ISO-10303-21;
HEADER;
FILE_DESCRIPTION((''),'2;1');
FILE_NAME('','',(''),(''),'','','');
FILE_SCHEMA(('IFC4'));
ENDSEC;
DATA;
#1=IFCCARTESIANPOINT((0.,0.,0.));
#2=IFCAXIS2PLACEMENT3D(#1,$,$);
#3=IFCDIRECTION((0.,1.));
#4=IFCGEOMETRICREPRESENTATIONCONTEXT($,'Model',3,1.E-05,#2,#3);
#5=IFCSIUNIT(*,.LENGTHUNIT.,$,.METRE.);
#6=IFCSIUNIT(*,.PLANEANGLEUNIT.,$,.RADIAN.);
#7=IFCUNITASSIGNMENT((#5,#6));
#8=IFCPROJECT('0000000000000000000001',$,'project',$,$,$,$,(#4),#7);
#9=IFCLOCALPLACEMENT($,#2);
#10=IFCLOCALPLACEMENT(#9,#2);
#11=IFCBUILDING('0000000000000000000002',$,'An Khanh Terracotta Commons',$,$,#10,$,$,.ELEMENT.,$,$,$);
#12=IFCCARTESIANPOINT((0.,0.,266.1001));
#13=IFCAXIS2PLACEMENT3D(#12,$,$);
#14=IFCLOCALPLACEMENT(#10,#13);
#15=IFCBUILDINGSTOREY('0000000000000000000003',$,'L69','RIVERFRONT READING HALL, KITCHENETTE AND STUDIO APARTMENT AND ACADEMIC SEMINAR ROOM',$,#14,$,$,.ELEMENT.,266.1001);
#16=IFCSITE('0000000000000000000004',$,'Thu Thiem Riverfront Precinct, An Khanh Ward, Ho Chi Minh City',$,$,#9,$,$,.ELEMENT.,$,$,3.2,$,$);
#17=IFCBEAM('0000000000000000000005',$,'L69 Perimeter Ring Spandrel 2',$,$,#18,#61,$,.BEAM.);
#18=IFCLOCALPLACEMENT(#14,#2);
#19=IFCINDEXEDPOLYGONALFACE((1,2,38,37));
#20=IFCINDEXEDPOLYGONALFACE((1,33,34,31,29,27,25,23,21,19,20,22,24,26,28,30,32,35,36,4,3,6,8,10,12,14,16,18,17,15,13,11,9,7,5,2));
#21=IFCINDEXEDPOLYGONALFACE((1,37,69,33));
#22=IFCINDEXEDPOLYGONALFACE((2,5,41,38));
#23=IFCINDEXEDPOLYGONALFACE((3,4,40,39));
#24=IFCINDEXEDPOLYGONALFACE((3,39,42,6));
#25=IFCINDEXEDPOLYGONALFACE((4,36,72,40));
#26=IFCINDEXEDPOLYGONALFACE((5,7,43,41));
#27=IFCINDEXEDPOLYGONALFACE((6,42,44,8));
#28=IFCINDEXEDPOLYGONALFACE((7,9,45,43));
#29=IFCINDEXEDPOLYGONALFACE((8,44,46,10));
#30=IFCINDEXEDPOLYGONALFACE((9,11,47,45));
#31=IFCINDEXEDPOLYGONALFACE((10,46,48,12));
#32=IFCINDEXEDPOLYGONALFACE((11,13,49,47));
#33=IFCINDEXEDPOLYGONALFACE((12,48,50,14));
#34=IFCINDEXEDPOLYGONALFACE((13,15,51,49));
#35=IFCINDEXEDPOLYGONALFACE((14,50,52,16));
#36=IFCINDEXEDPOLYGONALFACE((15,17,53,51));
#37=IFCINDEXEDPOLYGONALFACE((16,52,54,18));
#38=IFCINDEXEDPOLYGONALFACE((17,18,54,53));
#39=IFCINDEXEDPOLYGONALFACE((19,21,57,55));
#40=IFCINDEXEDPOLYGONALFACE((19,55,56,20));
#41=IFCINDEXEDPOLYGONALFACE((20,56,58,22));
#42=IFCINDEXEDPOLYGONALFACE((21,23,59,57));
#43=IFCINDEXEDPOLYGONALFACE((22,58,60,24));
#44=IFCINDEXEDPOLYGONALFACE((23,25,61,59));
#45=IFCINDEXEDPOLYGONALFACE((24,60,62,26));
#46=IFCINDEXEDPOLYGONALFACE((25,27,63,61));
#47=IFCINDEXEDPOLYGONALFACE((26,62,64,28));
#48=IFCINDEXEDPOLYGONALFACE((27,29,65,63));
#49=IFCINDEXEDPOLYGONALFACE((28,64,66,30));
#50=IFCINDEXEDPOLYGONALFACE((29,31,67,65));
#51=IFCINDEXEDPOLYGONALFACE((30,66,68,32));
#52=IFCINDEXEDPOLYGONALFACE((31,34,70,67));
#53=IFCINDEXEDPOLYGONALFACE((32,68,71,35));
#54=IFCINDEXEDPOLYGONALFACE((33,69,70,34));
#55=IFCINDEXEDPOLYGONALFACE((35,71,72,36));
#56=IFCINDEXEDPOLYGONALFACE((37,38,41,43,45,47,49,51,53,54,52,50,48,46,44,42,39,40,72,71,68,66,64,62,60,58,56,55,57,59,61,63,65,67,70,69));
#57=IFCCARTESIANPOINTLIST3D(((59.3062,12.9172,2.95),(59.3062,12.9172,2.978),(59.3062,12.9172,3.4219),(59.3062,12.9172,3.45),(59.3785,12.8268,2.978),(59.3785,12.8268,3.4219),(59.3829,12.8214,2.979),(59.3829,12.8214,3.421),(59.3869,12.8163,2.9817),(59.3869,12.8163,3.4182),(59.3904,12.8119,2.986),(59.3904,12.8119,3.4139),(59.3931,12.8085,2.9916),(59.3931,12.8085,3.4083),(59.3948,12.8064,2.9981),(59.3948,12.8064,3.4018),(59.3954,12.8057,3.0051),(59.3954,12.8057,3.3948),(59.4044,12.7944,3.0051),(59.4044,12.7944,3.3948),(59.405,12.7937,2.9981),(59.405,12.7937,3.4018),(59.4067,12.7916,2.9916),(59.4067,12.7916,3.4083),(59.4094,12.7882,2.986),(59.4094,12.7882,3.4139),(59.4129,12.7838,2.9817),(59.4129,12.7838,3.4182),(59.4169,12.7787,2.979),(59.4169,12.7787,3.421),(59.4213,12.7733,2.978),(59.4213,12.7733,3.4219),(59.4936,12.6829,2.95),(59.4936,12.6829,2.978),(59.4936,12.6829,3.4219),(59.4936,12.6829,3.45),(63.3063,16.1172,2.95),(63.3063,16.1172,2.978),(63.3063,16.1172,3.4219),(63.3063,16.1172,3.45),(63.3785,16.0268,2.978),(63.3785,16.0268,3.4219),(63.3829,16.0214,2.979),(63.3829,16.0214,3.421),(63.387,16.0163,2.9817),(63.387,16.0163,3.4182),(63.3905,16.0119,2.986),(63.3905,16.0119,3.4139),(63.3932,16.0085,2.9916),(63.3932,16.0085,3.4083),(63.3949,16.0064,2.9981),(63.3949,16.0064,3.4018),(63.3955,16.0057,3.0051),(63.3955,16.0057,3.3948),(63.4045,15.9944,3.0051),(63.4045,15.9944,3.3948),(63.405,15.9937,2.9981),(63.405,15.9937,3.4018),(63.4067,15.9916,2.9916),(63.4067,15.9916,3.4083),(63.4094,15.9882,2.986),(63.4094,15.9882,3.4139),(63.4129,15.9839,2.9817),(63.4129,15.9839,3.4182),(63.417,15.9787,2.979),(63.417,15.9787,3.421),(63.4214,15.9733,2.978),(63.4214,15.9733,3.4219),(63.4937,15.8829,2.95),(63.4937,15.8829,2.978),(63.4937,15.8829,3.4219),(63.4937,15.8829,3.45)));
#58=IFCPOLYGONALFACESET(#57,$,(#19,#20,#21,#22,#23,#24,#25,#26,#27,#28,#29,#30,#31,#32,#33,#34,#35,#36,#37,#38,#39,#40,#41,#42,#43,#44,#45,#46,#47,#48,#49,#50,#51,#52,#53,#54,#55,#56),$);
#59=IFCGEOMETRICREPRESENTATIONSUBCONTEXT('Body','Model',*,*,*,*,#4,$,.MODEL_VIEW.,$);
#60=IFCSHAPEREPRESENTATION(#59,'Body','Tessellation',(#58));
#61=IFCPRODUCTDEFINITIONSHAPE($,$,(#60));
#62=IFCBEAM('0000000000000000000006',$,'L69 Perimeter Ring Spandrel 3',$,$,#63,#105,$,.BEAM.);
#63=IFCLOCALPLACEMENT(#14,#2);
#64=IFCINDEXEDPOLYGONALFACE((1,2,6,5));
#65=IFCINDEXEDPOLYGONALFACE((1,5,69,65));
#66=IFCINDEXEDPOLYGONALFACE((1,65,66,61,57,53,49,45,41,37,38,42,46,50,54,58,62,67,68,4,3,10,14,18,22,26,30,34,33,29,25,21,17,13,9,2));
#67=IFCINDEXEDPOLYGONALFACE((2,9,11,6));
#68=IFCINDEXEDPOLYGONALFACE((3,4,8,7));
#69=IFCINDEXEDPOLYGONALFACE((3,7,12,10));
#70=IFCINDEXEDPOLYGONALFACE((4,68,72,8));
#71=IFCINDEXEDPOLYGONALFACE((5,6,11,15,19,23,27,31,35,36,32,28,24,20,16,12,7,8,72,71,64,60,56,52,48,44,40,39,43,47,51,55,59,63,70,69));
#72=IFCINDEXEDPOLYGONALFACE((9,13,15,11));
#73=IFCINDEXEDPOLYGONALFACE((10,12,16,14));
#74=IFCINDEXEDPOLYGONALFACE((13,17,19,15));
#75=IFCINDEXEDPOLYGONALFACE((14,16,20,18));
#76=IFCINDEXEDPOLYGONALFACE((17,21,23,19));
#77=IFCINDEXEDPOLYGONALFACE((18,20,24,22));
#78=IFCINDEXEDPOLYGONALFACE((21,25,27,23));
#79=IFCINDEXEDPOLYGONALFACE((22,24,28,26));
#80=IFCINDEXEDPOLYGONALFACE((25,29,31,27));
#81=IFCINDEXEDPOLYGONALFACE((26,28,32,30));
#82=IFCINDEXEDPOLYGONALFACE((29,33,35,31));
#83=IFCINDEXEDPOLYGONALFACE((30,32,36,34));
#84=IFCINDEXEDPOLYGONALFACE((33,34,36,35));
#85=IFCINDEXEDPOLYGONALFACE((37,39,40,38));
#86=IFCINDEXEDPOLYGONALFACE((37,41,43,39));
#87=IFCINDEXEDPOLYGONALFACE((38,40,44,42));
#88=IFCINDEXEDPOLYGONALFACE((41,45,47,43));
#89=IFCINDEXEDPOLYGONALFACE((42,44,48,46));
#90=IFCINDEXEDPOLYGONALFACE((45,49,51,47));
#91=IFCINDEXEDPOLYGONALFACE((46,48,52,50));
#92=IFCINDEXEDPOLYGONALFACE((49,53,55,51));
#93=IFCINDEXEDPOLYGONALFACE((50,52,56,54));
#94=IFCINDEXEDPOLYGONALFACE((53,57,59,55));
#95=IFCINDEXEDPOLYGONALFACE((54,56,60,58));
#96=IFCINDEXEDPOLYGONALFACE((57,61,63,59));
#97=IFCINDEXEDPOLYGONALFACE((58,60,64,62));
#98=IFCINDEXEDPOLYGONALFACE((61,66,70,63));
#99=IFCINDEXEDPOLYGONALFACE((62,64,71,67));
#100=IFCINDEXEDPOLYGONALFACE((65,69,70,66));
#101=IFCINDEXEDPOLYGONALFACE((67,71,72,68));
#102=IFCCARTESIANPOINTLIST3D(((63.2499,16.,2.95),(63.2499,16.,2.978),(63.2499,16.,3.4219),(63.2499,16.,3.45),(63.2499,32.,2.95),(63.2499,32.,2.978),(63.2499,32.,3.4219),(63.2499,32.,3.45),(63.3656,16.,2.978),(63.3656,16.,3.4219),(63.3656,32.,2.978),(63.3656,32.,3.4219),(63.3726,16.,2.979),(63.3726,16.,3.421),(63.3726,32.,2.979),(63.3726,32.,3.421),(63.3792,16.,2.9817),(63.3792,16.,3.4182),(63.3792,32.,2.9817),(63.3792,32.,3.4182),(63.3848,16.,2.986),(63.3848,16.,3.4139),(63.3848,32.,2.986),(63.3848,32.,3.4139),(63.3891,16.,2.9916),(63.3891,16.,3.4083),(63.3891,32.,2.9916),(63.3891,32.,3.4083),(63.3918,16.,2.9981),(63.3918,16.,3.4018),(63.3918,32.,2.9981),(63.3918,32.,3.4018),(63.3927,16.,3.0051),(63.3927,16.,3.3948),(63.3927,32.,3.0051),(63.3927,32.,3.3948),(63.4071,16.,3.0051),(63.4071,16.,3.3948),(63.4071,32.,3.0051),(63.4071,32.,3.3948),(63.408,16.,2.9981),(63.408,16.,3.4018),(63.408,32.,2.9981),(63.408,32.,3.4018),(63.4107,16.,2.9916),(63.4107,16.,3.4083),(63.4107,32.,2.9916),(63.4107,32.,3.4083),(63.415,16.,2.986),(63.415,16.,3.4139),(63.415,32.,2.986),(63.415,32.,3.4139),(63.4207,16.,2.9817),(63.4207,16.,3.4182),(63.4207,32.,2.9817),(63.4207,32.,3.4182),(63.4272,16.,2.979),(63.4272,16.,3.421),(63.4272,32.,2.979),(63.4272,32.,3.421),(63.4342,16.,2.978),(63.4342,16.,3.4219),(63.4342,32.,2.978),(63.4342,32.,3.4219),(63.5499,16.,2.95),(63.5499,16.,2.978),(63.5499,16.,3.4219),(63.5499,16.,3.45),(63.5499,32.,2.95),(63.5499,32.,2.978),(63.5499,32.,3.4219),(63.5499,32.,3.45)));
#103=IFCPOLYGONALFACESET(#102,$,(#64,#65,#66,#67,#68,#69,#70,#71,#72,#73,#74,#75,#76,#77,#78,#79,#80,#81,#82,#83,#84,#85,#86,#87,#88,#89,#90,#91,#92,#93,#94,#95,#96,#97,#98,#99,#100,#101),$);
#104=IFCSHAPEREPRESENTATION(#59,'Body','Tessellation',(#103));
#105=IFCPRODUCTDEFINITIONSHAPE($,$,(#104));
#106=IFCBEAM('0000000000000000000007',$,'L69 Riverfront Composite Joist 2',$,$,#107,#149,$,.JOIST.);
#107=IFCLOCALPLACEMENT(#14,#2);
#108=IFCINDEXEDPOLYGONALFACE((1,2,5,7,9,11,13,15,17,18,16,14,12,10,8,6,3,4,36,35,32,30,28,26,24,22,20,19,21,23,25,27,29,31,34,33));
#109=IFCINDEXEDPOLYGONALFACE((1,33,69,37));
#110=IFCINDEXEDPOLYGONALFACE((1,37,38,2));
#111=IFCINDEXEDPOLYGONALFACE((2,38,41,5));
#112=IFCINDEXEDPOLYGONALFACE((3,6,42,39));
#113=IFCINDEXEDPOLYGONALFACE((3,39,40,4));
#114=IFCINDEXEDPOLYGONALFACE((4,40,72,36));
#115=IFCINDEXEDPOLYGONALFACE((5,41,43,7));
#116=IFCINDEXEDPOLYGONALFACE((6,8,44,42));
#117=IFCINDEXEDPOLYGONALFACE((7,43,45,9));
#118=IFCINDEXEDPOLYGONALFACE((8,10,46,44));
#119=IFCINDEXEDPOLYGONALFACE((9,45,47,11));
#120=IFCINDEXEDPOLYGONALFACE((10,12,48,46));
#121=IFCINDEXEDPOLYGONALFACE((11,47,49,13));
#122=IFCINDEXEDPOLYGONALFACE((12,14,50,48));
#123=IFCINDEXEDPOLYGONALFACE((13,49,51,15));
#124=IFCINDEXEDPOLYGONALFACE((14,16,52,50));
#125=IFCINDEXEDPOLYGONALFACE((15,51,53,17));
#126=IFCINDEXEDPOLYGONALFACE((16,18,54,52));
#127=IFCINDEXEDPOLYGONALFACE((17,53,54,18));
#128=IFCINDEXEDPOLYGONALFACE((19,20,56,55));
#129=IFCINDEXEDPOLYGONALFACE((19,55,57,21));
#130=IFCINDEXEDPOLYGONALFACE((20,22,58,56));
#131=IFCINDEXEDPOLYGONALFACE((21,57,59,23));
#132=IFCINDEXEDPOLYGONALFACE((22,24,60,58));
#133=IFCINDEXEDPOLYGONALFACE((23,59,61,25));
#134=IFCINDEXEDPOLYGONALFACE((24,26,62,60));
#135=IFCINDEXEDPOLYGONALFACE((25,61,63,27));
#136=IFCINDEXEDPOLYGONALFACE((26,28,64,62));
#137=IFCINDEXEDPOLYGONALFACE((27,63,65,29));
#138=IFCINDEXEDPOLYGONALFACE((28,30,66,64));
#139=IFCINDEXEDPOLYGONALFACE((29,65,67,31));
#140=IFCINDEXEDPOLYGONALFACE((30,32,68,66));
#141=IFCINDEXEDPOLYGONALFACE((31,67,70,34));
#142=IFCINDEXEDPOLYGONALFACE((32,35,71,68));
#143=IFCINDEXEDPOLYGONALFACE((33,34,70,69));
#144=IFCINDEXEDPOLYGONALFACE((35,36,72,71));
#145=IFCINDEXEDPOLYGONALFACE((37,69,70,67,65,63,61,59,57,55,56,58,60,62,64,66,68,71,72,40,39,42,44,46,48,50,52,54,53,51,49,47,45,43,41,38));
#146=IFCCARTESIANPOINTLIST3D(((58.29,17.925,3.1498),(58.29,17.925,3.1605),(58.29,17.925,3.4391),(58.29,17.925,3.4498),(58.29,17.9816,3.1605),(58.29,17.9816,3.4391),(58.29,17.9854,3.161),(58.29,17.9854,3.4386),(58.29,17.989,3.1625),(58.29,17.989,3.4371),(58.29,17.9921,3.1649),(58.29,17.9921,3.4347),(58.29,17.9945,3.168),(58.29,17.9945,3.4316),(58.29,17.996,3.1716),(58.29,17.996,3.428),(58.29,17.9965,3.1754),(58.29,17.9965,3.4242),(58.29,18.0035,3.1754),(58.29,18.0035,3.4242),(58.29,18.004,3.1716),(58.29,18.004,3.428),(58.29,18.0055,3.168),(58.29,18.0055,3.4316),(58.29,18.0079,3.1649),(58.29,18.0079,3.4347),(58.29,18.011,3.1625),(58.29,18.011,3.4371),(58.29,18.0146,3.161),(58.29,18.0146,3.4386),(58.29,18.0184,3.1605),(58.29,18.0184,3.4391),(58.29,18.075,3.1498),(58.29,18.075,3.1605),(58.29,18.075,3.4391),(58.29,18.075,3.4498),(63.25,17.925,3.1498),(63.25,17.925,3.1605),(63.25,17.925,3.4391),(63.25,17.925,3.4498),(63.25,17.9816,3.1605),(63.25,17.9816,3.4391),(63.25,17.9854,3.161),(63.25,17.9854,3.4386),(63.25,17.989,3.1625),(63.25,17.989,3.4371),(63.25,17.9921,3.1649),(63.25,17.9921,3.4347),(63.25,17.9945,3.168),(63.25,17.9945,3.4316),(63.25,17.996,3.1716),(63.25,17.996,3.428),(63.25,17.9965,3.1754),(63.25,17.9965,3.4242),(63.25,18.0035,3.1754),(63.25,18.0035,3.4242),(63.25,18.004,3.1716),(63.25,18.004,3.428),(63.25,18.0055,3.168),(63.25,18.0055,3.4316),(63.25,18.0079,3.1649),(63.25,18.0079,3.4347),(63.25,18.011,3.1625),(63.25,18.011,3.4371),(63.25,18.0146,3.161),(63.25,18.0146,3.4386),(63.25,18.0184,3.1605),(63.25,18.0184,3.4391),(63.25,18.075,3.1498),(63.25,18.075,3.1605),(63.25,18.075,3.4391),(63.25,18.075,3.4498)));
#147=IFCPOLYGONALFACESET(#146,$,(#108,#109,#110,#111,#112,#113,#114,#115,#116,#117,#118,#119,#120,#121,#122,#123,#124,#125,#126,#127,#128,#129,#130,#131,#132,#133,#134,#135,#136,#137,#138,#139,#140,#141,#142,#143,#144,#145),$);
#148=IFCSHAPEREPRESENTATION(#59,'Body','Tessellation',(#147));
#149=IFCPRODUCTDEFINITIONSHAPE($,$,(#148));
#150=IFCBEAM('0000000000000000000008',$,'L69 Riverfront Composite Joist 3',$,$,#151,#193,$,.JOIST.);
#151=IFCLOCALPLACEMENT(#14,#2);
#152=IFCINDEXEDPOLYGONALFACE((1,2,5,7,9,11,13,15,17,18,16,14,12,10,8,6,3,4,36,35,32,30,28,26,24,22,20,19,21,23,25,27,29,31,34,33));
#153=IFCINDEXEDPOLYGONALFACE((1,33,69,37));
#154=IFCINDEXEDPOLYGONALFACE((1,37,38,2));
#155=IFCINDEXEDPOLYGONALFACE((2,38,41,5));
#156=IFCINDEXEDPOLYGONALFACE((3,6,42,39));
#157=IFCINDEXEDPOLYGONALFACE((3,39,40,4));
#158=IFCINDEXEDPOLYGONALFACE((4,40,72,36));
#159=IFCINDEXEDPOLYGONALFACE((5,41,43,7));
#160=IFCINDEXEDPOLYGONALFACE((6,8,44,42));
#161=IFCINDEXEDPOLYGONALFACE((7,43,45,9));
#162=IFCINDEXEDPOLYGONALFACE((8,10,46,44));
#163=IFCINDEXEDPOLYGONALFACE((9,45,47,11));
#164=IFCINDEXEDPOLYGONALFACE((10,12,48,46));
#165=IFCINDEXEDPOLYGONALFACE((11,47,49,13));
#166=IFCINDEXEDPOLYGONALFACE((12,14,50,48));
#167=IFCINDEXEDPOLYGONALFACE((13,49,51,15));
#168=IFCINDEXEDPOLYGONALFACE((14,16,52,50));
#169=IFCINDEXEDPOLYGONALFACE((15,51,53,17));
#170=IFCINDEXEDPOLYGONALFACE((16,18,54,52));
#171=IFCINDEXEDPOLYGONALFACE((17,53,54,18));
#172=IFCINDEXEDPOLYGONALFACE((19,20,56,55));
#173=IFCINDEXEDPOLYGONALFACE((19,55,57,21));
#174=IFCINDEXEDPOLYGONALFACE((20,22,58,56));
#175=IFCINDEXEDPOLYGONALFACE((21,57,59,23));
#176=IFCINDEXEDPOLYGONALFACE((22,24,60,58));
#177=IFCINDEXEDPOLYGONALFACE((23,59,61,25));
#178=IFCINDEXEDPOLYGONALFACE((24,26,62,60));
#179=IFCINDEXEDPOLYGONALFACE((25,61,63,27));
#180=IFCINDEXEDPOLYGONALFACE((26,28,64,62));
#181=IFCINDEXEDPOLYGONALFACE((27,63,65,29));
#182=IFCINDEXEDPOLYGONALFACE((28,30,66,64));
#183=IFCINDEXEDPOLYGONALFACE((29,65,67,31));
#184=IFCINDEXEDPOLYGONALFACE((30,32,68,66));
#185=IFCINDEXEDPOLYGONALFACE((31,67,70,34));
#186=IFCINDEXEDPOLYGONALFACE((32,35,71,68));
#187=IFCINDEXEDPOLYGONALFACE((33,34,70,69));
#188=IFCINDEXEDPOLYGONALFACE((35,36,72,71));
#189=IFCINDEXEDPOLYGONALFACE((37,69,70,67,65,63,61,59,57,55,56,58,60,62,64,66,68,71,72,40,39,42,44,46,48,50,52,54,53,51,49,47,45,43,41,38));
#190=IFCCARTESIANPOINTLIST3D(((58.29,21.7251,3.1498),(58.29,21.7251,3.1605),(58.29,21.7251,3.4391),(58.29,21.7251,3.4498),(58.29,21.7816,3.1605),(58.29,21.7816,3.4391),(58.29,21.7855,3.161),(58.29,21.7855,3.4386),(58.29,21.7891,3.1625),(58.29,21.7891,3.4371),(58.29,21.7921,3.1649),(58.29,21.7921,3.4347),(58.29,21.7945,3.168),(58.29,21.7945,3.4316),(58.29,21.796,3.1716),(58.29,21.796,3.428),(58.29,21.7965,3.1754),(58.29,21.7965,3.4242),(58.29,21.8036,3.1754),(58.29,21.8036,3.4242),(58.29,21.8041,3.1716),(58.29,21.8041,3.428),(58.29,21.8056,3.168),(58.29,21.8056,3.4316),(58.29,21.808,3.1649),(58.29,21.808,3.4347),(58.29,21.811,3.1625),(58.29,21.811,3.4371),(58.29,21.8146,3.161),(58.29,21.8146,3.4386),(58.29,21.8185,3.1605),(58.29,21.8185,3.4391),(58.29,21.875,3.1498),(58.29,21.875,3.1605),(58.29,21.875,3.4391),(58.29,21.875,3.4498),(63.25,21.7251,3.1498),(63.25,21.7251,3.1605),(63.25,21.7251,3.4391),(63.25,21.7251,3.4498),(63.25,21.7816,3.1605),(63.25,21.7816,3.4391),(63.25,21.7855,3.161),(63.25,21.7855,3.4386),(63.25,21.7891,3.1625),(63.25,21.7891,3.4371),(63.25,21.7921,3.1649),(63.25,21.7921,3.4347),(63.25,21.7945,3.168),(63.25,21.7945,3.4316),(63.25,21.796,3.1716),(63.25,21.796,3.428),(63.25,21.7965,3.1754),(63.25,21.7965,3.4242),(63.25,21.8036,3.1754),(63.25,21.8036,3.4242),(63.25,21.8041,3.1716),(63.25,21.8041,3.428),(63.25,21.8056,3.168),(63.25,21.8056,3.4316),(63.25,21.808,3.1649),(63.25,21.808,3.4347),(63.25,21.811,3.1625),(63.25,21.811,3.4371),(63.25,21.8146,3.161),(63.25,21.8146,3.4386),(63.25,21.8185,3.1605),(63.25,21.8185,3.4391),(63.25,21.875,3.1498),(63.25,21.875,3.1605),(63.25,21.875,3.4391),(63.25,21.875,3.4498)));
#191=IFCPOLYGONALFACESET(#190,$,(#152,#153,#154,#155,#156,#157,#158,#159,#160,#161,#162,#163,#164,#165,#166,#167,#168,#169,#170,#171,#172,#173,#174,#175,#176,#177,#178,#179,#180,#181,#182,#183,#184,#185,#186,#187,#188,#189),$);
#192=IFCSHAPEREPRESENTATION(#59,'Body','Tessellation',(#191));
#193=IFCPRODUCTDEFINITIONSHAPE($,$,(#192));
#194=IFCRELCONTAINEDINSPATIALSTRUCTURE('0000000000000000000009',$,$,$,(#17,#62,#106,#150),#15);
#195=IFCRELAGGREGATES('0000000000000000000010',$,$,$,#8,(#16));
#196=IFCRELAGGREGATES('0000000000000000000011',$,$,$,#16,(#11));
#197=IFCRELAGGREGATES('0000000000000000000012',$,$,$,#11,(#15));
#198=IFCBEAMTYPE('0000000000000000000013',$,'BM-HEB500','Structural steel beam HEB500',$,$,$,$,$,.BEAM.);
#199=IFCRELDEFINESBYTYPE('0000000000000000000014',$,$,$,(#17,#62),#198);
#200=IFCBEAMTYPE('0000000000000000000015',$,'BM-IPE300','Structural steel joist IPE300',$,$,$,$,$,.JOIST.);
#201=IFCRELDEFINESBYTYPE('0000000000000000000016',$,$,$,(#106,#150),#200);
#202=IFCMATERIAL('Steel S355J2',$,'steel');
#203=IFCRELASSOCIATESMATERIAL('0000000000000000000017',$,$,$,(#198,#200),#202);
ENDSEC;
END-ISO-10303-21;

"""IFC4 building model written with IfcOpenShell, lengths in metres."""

from ifc_helpers import new_model, si_unit, direction, frame, origin, origin_2d, place, context, subcontext, project, spatial, i_section, extrude, material, material_profile, profile_set, type_object, element, save


model = new_model("IFC4")

# Units and contexts
model_context = context("Model", 3, precision=1e-05, world=origin(), true_north=direction((0.0, 1.0)))
body_context = subcontext(model_context, "Body", "Model", "MODEL_VIEW")
ifc_project = project(units=[si_unit("LENGTHUNIT", "METRE"), si_unit("PLANEANGLEUNIT", "RADIAN")], contexts=[model_context])

# Site, building, storey
site_placement = place(None, origin())
site = spatial("IfcSite", under=ifc_project, at=site_placement, Name="Thu Thiem Riverfront Precinct, An Khanh Ward, Ho Chi Minh City", CompositionType="ELEMENT", RefElevation=3.2)
building_placement = place(site_placement, origin())
building = spatial("IfcBuilding", under=site, at=building_placement, Name="An Khanh Terracotta Commons", CompositionType="ELEMENT")
storey_placement = place(building_placement, frame((0.0, 0.0, 266.1001)))
storey = spatial("IfcBuildingStorey", under=building, at=storey_placement, Name="L69", Description="RIVERFRONT READING HALL, KITCHENETTE AND STUDIO APARTMENT AND ACADEMIC SEMINAR ROOM", CompositionType="ELEMENT", Elevation=266.1001)

# Beams
ifc_material_1 = material(Name="Steel S355J2", Category="steel")
ifc_material_profile_1 = material_profile(ifc_material_1, i_section(OverallWidth=0.3, OverallDepth=0.5, WebThickness=0.0144, FlangeThickness=0.0281, FilletRadius=0.0271, at=origin_2d()), Name="HEB500")
ifc_profile_set_1 = profile_set([ifc_material_profile_1], Name="Steel S355J2")
beam_type_1 = type_object("IfcBeamType", Name="BM-HEB500", Description="Structural steel beam HEB500", PredefinedType="BEAM", material=ifc_profile_set_1)
beam_1_placement = place(storey_placement, frame((59.3999, 12.8, 3.2), z_axis=(0.780873, 0.624689, 0.0), x_axis=(-0.624689, 0.780873, 0.0)))
element("IfcBeam", 1, at=beam_1_placement, inside=storey, type_object=beam_type_1, Name="L69 Perimeter Ring Spandrel 2", PredefinedType="BEAM", context=body_context, shape_type="SweptSolid", body=[
    extrude(i_section(OverallWidth=0.3, OverallDepth=0.5, WebThickness=0.0144, FlangeThickness=0.0281, FilletRadius=0.0271, at=origin_2d()), origin(), (0.0, 0.0, 1.0), 5.1226),
])
beam_2_placement = place(storey_placement, frame((63.3999, 16.0, 3.2), z_axis=(0.0, 1.0, 0.0), x_axis=(-1.0, 0.0, 0.0)))
element("IfcBeam", 2, at=beam_2_placement, inside=storey, type_object=beam_type_1, Name="L69 Perimeter Ring Spandrel 3", PredefinedType="BEAM", context=body_context, shape_type="SweptSolid", body=[
    extrude(i_section(OverallWidth=0.3, OverallDepth=0.5, WebThickness=0.0144, FlangeThickness=0.0281, FilletRadius=0.0271, at=origin_2d()), origin(), (0.0, 0.0, 1.0), 16.0),
])
ifc_material_profile_2 = material_profile(ifc_material_1, i_section(OverallWidth=0.1499, OverallDepth=0.3, WebThickness=0.0071, FlangeThickness=0.0107, FilletRadius=0.0149, at=origin_2d()), Name="IPE300")
ifc_profile_set_2 = profile_set([ifc_material_profile_2], Name="Steel S355J2")
beam_type_2 = type_object("IfcBeamType", Name="BM-IPE300", Description="Structural steel joist IPE300", PredefinedType="JOIST", material=ifc_profile_set_2)
for number, where, z_axis, x_axis, name in (
    (3, (58.29, 18.0, 3.2998), (1.0, 0.0, 0.0), (0.0, 1.0, 0.0), "L69 Riverfront Composite Joist 2"),
    (4, (58.29, 21.8, 3.2998), (1.0, 0.0, 0.0), (0.0, 1.0, 0.0), "L69 Riverfront Composite Joist 3"),
):
    element("IfcBeam", number, at=place(storey_placement, frame(where, z_axis=z_axis, x_axis=x_axis)), inside=storey, type_object=beam_type_2, Name=name, PredefinedType="JOIST", context=body_context, shape_type="SweptSolid", body=[
        extrude(i_section(OverallWidth=0.1499, OverallDepth=0.3, WebThickness=0.0071, FlangeThickness=0.0107, FilletRadius=0.0149, at=origin_2d()), origin(), (0.0, 0.0, 1.0), 4.96),
    ])

save(model, "model.ifc")
